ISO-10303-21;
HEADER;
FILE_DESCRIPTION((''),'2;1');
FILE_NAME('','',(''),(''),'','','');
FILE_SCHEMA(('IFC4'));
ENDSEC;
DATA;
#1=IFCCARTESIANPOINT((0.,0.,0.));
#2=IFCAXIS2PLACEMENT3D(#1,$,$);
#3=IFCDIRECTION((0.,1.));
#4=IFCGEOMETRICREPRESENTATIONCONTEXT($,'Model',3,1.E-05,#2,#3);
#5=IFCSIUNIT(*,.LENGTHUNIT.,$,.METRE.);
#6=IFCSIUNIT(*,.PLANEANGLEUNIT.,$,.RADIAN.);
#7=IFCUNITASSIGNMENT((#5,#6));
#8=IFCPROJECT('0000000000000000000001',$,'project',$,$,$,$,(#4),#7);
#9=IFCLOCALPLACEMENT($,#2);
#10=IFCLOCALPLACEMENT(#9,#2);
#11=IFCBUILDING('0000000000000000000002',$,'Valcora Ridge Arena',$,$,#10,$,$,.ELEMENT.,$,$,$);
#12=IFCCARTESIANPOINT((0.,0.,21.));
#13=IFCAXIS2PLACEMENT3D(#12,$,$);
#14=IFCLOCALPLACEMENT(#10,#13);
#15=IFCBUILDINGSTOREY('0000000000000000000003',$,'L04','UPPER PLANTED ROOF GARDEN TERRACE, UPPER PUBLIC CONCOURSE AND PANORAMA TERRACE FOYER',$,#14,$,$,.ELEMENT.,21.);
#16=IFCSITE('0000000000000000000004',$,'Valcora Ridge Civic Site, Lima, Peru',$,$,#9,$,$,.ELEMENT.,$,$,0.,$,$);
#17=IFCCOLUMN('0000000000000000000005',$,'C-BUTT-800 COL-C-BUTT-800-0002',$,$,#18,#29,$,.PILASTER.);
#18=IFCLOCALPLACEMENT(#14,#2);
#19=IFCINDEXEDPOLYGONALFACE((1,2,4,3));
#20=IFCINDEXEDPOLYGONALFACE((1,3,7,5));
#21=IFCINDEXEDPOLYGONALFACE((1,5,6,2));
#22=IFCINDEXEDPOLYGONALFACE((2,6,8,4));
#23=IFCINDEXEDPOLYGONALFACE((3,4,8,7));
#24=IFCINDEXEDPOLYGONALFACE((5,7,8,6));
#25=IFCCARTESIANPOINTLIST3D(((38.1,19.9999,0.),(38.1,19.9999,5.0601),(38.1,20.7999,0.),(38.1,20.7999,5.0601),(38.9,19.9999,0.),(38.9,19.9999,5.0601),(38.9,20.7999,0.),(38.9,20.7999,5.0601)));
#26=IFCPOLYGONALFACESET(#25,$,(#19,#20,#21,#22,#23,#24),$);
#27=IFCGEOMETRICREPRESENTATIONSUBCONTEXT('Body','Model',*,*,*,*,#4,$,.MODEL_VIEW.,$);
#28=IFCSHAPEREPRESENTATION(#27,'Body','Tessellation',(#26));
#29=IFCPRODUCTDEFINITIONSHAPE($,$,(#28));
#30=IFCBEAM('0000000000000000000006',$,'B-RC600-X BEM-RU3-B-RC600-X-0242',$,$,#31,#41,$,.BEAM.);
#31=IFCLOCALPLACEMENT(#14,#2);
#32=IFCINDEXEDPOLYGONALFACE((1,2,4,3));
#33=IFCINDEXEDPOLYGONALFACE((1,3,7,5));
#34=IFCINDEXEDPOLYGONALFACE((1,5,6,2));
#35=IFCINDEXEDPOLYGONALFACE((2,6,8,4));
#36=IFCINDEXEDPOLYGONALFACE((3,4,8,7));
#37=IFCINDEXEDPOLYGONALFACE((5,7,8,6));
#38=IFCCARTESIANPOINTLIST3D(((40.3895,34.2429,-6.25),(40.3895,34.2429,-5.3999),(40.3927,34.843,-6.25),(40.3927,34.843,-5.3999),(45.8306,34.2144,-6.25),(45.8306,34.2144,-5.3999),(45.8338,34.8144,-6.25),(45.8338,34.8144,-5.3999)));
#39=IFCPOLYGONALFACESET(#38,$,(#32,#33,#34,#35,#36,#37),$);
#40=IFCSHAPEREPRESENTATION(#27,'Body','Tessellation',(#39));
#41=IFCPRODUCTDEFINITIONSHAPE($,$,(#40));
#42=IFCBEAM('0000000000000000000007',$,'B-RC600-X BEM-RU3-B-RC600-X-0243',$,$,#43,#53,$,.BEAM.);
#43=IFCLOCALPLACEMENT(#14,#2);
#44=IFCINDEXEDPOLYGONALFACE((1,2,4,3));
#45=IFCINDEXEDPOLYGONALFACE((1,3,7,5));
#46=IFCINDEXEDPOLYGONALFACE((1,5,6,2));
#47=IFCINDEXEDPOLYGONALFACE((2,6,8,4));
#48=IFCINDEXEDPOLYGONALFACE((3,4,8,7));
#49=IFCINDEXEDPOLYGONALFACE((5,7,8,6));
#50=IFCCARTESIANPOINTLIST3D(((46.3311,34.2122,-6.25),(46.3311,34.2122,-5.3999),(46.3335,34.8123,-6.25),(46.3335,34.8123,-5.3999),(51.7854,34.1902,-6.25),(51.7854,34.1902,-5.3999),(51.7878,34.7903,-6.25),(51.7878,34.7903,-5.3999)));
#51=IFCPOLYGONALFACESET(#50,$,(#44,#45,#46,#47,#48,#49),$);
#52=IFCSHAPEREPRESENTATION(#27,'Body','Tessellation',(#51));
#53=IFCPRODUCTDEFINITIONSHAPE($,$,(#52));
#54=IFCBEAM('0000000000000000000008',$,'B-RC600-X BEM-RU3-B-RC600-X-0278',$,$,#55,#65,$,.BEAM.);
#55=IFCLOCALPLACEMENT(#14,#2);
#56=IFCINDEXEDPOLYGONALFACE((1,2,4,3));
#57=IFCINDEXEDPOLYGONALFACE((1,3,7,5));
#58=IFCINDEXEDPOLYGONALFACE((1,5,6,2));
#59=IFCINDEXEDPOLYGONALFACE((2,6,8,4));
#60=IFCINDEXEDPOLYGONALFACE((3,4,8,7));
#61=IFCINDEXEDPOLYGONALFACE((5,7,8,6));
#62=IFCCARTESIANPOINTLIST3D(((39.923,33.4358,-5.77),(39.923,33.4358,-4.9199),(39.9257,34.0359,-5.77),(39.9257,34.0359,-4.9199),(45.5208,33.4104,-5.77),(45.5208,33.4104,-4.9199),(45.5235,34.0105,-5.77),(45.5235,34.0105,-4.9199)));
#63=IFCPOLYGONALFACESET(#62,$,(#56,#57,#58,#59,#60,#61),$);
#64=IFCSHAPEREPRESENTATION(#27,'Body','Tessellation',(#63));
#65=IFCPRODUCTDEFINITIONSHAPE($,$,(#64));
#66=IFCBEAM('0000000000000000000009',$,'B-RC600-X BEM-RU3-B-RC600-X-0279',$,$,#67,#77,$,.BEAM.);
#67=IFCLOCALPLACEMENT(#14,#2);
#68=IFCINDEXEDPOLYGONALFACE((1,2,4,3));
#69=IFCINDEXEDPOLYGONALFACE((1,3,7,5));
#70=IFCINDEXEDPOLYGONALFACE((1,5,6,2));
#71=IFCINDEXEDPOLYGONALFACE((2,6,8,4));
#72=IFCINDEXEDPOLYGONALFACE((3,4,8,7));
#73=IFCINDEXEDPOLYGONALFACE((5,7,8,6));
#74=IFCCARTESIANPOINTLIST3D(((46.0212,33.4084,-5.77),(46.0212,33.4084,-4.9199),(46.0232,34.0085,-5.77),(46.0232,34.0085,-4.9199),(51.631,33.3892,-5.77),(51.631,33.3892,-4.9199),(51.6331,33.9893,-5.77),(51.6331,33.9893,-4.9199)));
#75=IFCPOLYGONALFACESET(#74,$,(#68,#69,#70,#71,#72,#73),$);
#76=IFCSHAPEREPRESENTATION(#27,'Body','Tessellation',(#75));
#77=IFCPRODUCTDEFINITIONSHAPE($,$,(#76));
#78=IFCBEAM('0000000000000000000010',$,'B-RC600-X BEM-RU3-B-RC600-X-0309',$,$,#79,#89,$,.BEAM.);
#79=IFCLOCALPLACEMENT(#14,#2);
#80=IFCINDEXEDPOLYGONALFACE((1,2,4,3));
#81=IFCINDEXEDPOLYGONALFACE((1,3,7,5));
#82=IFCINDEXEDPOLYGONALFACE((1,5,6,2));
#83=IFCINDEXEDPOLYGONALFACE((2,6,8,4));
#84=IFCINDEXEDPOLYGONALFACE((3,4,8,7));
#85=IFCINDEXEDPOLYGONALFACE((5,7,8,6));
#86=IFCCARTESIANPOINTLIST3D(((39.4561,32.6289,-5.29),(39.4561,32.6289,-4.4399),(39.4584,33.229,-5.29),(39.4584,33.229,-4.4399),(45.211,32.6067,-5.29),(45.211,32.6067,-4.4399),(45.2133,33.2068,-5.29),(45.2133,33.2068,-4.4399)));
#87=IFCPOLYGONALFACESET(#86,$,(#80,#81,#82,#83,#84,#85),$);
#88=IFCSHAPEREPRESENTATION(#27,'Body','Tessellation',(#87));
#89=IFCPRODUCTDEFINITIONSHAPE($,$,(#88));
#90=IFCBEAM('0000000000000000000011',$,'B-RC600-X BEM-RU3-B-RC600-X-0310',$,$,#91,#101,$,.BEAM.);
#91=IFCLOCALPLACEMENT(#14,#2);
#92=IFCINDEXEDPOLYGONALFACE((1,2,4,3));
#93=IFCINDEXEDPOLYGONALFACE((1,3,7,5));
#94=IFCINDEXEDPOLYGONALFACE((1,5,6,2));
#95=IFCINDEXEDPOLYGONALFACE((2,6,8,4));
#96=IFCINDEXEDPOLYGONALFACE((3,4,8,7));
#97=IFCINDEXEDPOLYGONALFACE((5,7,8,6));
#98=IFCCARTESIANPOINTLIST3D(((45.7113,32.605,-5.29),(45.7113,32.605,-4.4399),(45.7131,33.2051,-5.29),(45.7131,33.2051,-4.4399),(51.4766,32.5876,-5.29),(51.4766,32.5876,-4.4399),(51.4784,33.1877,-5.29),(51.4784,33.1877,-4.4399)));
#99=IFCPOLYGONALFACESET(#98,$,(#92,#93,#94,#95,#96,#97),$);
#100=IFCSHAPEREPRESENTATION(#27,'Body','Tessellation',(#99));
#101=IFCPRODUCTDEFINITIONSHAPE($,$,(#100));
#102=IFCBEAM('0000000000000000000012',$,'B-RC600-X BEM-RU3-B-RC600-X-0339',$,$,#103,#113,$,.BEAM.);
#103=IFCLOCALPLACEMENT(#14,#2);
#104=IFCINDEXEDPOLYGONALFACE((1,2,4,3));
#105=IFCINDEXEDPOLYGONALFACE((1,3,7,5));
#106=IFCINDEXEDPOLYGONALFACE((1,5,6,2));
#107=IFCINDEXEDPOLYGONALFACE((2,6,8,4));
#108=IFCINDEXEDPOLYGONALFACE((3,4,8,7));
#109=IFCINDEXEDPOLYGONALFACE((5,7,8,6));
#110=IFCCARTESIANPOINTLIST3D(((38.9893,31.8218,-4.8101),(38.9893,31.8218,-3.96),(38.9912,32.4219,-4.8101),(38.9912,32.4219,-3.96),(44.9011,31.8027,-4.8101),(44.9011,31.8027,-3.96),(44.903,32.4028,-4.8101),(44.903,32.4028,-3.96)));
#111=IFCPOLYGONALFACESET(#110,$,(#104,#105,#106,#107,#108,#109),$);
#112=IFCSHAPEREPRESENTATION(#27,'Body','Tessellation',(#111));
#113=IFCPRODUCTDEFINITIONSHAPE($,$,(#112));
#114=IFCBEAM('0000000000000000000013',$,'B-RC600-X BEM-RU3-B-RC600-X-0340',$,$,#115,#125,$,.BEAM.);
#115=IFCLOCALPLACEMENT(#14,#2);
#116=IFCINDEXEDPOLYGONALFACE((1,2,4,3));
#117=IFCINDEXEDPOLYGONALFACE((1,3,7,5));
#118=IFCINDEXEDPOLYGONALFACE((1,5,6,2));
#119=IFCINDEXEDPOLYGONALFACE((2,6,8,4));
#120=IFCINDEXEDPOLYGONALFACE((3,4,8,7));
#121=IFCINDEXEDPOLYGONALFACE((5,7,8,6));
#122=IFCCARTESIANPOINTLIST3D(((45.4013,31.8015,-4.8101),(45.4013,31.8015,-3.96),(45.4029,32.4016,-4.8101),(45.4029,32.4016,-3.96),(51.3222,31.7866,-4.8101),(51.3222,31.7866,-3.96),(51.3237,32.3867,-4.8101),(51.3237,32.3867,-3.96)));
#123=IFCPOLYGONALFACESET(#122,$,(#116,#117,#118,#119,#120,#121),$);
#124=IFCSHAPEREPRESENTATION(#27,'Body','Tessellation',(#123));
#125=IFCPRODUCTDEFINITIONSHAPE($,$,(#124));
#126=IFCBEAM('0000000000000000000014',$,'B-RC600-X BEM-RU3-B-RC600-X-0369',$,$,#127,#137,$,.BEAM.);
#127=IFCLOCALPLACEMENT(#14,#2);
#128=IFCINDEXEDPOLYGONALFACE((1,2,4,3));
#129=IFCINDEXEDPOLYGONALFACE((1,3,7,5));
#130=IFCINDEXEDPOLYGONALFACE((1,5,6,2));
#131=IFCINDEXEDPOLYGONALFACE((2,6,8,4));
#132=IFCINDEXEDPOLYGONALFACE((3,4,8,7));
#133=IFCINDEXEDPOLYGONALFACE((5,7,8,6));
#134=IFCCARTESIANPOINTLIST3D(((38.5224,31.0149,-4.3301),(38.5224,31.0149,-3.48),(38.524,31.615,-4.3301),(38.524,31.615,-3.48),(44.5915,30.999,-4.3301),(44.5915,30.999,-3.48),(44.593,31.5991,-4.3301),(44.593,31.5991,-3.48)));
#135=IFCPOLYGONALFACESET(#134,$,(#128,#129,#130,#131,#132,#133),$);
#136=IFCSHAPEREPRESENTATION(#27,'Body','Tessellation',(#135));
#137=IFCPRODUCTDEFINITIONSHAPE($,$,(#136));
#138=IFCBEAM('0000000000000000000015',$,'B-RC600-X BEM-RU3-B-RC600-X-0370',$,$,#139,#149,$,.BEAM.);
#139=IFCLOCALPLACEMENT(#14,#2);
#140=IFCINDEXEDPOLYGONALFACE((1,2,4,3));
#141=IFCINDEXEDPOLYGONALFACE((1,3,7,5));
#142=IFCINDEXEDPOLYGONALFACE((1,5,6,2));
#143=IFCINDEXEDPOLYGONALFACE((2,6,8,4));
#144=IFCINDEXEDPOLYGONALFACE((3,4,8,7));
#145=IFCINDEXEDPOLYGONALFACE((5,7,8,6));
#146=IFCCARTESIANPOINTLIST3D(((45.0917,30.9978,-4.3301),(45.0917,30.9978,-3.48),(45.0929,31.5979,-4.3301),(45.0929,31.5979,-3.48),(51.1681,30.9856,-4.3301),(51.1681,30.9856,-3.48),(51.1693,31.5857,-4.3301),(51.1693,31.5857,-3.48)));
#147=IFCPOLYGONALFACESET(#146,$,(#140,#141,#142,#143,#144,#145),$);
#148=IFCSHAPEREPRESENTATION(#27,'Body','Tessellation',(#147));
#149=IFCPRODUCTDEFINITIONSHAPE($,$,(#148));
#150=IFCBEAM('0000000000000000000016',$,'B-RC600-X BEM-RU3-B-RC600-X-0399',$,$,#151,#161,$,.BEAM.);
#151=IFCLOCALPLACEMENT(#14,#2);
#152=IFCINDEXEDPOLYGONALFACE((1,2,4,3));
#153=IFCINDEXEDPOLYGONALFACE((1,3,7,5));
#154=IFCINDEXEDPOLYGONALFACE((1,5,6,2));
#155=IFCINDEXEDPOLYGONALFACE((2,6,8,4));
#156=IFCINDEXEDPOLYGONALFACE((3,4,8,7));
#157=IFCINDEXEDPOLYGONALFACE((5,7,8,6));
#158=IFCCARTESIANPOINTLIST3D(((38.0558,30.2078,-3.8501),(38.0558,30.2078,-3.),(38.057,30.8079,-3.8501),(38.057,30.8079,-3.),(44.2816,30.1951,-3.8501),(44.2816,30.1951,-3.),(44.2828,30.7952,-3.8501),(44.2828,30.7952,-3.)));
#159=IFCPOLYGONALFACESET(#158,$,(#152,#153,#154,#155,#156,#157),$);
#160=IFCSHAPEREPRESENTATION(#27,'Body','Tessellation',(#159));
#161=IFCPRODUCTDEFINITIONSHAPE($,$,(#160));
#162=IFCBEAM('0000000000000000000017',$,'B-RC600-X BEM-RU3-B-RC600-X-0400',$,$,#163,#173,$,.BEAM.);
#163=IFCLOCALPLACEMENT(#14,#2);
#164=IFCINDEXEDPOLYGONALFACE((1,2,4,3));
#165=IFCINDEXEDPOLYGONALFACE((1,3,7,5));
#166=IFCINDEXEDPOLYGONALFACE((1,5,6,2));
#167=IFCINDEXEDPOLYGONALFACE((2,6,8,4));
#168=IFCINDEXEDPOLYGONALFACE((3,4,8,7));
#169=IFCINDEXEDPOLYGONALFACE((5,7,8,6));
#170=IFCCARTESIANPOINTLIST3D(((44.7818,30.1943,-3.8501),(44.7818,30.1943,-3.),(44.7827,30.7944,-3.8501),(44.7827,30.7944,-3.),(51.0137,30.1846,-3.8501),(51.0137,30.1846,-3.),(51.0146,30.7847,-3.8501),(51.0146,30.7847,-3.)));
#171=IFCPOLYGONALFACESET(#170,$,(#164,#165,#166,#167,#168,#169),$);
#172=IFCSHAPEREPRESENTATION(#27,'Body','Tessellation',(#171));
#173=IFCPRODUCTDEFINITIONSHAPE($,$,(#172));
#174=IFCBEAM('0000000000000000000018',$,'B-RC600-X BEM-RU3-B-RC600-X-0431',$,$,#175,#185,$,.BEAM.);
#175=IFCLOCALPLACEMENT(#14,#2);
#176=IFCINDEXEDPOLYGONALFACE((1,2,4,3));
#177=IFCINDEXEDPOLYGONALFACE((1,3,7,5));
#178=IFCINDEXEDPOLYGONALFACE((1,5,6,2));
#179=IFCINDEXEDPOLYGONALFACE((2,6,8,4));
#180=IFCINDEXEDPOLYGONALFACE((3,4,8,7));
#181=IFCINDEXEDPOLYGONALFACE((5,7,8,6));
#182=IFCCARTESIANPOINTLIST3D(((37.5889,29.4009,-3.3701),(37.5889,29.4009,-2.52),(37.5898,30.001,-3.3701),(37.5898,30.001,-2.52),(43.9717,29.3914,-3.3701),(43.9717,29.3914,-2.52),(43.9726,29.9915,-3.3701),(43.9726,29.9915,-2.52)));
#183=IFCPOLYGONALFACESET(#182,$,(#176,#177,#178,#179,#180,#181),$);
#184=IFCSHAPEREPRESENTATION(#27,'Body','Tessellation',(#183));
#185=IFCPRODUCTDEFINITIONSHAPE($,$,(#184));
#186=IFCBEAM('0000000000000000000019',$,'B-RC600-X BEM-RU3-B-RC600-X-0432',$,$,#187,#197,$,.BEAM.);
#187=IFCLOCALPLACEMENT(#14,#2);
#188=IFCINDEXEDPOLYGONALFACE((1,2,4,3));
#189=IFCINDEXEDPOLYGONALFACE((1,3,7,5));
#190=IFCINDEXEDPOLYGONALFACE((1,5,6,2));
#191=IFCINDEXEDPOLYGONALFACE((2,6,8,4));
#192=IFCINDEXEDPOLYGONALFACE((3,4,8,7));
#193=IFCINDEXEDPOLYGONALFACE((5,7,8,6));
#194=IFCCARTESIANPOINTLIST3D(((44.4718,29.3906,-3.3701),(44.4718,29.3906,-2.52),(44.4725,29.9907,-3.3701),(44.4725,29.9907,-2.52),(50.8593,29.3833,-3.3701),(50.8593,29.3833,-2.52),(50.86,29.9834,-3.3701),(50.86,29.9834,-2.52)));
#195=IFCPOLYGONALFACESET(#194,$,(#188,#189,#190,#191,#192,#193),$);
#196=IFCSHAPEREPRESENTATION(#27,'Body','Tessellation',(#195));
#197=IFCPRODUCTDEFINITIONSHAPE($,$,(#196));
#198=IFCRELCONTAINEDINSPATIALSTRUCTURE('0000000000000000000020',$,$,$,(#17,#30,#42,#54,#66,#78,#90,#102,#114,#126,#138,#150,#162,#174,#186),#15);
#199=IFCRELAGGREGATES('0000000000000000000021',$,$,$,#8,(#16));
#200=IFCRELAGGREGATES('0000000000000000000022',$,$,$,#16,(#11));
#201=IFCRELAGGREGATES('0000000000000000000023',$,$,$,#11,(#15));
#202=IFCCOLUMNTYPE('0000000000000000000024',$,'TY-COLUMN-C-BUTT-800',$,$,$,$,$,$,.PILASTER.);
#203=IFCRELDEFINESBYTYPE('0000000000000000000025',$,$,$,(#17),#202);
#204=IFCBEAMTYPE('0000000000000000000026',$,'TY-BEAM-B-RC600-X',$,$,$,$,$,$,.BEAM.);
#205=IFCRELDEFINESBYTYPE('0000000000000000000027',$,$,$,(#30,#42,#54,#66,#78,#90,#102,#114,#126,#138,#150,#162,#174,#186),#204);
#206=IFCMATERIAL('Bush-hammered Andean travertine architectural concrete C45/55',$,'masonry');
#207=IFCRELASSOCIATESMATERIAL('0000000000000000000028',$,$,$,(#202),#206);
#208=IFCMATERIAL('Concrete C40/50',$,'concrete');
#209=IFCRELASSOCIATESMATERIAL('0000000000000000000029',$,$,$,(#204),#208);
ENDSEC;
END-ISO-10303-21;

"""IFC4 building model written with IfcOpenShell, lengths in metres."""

from ifc_helpers import new_model, si_unit, direction, frame, origin, origin_2d, place, context, subcontext, project, spatial, rectangle, extrude, material, material_profile, profile_set, type_object, element, save


model = new_model("IFC4")

# Units and contexts
model_context = context("Model", 3, precision=1e-05, world=origin(), true_north=direction((0.0, 1.0)))
body_context = subcontext(model_context, "Body", "Model", "MODEL_VIEW")
ifc_project = project(units=[si_unit("LENGTHUNIT", "METRE"), si_unit("PLANEANGLEUNIT", "RADIAN")], contexts=[model_context])

# Site, building, storey
site_placement = place(None, origin())
site = spatial("IfcSite", under=ifc_project, at=site_placement, Name="Valcora Ridge Civic Site, Lima, Peru", CompositionType="ELEMENT", RefElevation=0.0)
building_placement = place(site_placement, origin())
building = spatial("IfcBuilding", under=site, at=building_placement, Name="Valcora Ridge Arena", CompositionType="ELEMENT")
storey_placement = place(building_placement, frame((0.0, 0.0, 21.0)))
storey = spatial("IfcBuildingStorey", under=building, at=storey_placement, Name="L04", Description="UPPER PLANTED ROOF GARDEN TERRACE, UPPER PUBLIC CONCOURSE AND PANORAMA TERRACE FOYER", CompositionType="ELEMENT", Elevation=21.0)

# Column
ifc_material_1 = material(Name="Bush-hammered Andean travertine architectural concrete C45/55", Category="masonry")
ifc_material_profile_1 = material_profile(ifc_material_1, rectangle(XDim=0.8, YDim=0.8, at=origin_2d()), Name="RC 800x800")
ifc_profile_set_1 = profile_set([ifc_material_profile_1], Name="Bush-hammered Andean travertine architectural concrete C45/55")
column_type = type_object("IfcColumnType", Name="TY-COLUMN-C-BUTT-800", PredefinedType="PILASTER", material=ifc_profile_set_1)
column_placement = place(storey_placement, frame((38.5, 20.3999, 0.0), z_axis=(0.0, 0.0, 1.0), x_axis=(1.0, 0.0, 0.0)))
element("IfcColumn", 1, at=column_placement, inside=storey, type_object=column_type, Name="C-BUTT-800 COL-C-BUTT-800-0002", PredefinedType="PILASTER", context=body_context, shape_type="SweptSolid", body=[
    extrude(rectangle(XDim=0.8, YDim=0.8, at=origin_2d()), origin(), (0.0, 0.0, 1.0), 5.0601),
])

# Beams
ifc_material_2 = material(Name="Concrete C40/50", Category="concrete")
ifc_material_profile_2 = material_profile(ifc_material_2, rectangle(XDim=0.6001, YDim=0.8501, at=origin_2d()), Name="RC 600x850")
ifc_profile_set_2 = profile_set([ifc_material_profile_2], Name="Concrete C40/50")
beam_type = type_object("IfcBeamType", Name="TY-BEAM-B-RC600-X", PredefinedType="BEAM", material=ifc_profile_set_2)
beam_1_placement = place(storey_placement, frame((40.3911, 34.543, -5.825), z_axis=(0.999986, -0.00525, 0.0), x_axis=(0.00525, 0.999986, 0.0)))
element("IfcBeam", 2, at=beam_1_placement, inside=storey, type_object=beam_type, Name="B-RC600-X BEM-RU3-B-RC600-X-0242", PredefinedType="BEAM", context=body_context, shape_type="SweptSolid", body=[
    extrude(rectangle(XDim=0.6001, YDim=0.8501, at=origin_2d()), origin(), (0.0, 0.0, 1.0), 5.4412),
])
beam_2_placement = place(storey_placement, frame((46.3323, 34.5122, -5.825), z_axis=(0.999992, -0.004028, 0.0), x_axis=(0.004028, 0.999992, 0.0)))
element("IfcBeam", 3, at=beam_2_placement, inside=storey, type_object=beam_type, Name="B-RC600-X BEM-RU3-B-RC600-X-0243", PredefinedType="BEAM", context=body_context, shape_type="SweptSolid", body=[
    extrude(rectangle(XDim=0.6001, YDim=0.8501, at=origin_2d()), origin(), (0.0, 0.0, 1.0), 5.4543),
])
beam_3_placement = place(storey_placement, frame((39.9243, 33.7358, -5.345), z_axis=(0.99999, -0.004536, 0.0), x_axis=(0.004536, 0.99999, 0.0)))
element("IfcBeam", 4, at=beam_3_placement, inside=storey, type_object=beam_type, Name="B-RC600-X BEM-RU3-B-RC600-X-0278", PredefinedType="BEAM", context=body_context, shape_type="SweptSolid", body=[
    extrude(rectangle(XDim=0.6001, YDim=0.8501, at=origin_2d()), origin(), (0.0, 0.0, 1.0), 5.5979),
])
beam_4_placement = place(storey_placement, frame((46.0222, 33.7085, -5.345), z_axis=(0.999994, -0.003438, 0.0), x_axis=(0.003438, 0.999994, 0.0)))
element("IfcBeam", 5, at=beam_4_placement, inside=storey, type_object=beam_type, Name="B-RC600-X BEM-RU3-B-RC600-X-0279", PredefinedType="BEAM", context=body_context, shape_type="SweptSolid", body=[
    extrude(rectangle(XDim=0.6001, YDim=0.8501, at=origin_2d()), origin(), (0.0, 0.0, 1.0), 5.6099),
])
beam_5_placement = place(storey_placement, frame((39.4573, 32.929, -4.865), z_axis=(0.999993, -0.00386, 0.0), x_axis=(0.00386, 0.999993, 0.0)))
element("IfcBeam", 6, at=beam_5_placement, inside=storey, type_object=beam_type, Name="B-RC600-X BEM-RU3-B-RC600-X-0309", PredefinedType="BEAM", context=body_context, shape_type="SweptSolid", body=[
    extrude(rectangle(XDim=0.6001, YDim=0.8501, at=origin_2d()), origin(), (0.0, 0.0, 1.0), 5.7549),
])
beam_6_placement = place(storey_placement, frame((45.7122, 32.905, -4.865), z_axis=(0.999995, -0.003007, 0.0), x_axis=(0.003007, 0.999995, 0.0)))
element("IfcBeam", 7, at=beam_6_placement, inside=storey, type_object=beam_type, Name="B-RC600-X BEM-RU3-B-RC600-X-0310", PredefinedType="BEAM", context=body_context, shape_type="SweptSolid", body=[
    extrude(rectangle(XDim=0.6001, YDim=0.8501, at=origin_2d()), origin(), (0.0, 0.0, 1.0), 5.7654),
])
beam_7_placement = place(storey_placement, frame((38.9902, 32.1218, -4.385), z_axis=(0.999995, -0.003221, 0.0), x_axis=(0.003221, 0.999995, 0.0)))
element("IfcBeam", 8, at=beam_7_placement, inside=storey, type_object=beam_type, Name="B-RC600-X BEM-RU3-B-RC600-X-0339", PredefinedType="BEAM", context=body_context, shape_type="SweptSolid", body=[
    extrude(rectangle(XDim=0.6001, YDim=0.8501, at=origin_2d()), origin(), (0.0, 0.0, 1.0), 5.9119),
])
beam_8_placement = place(storey_placement, frame((45.4021, 32.1016, -4.385), z_axis=(0.999997, -0.002515, 0.0), x_axis=(0.002515, 0.999997, 0.0)))
element("IfcBeam", 9, at=beam_8_placement, inside=storey, type_object=beam_type, Name="B-RC600-X BEM-RU3-B-RC600-X-0340", PredefinedType="BEAM", context=body_context, shape_type="SweptSolid", body=[
    extrude(rectangle(XDim=0.6001, YDim=0.8501, at=origin_2d()), origin(), (0.0, 0.0, 1.0), 5.9209),
])
beam_9_placement = place(storey_placement, frame((38.5232, 31.3149, -3.905), z_axis=(0.999997, -0.002615, 0.0), x_axis=(0.002615, 0.999997, 0.0)))
element("IfcBeam", 10, at=beam_9_placement, inside=storey, type_object=beam_type, Name="B-RC600-X BEM-RU3-B-RC600-X-0369", PredefinedType="BEAM", context=body_context, shape_type="SweptSolid", body=[
    extrude(rectangle(XDim=0.6001, YDim=0.8501, at=origin_2d()), origin(), (0.0, 0.0, 1.0), 6.0691),
])
beam_10_placement = place(storey_placement, frame((45.0923, 31.2979, -3.905), z_axis=(0.999998, -0.002009, 0.0), x_axis=(0.002009, 0.999998, 0.0)))
element("IfcBeam", 11, at=beam_10_placement, inside=storey, type_object=beam_type, Name="B-RC600-X BEM-RU3-B-RC600-X-0370", PredefinedType="BEAM", context=body_context, shape_type="SweptSolid", body=[
    extrude(rectangle(XDim=0.6001, YDim=0.8501, at=origin_2d()), origin(), (0.0, 0.0, 1.0), 6.0764),
])
beam_11_placement = place(storey_placement, frame((38.0564, 30.5078, -3.425), z_axis=(0.999998, -0.002039, 0.0), x_axis=(0.002039, 0.999998, 0.0)))
element("IfcBeam", 12, at=beam_11_placement, inside=storey, type_object=beam_type, Name="B-RC600-X BEM-RU3-B-RC600-X-0399", PredefinedType="BEAM", context=body_context, shape_type="SweptSolid", body=[
    extrude(rectangle(XDim=0.6001, YDim=0.8501, at=origin_2d()), origin(), (0.0, 0.0, 1.0), 6.2258),
])
beam_12_placement = place(storey_placement, frame((44.7822, 30.4944, -3.425), z_axis=(0.999999, -0.001567, 0.0), x_axis=(0.001567, 0.999999, 0.0)))
element("IfcBeam", 13, at=beam_12_placement, inside=storey, type_object=beam_type, Name="B-RC600-X BEM-RU3-B-RC600-X-0400", PredefinedType="BEAM", context=body_context, shape_type="SweptSolid", body=[
    extrude(rectangle(XDim=0.6001, YDim=0.8501, at=origin_2d()), origin(), (0.0, 0.0, 1.0), 6.2319),
])
beam_13_placement = place(storey_placement, frame((37.5894, 29.7009, -2.9451), z_axis=(0.999999, -0.001492, 0.0), x_axis=(0.001492, 0.999999, 0.0)))
element("IfcBeam", 14, at=beam_13_placement, inside=storey, type_object=beam_type, Name="B-RC600-X BEM-RU3-B-RC600-X-0431", PredefinedType="BEAM", context=body_context, shape_type="SweptSolid", body=[
    extrude(rectangle(XDim=0.6001, YDim=0.8501, at=origin_2d()), origin(), (0.0, 0.0, 1.0), 6.3828),
])
beam_14_placement = place(storey_placement, frame((44.4722, 29.6907, -2.9451), z_axis=(0.999999, -0.001147, 0.0), x_axis=(0.001147, 0.999999, 0.0)))
element("IfcBeam", 15, at=beam_14_placement, inside=storey, type_object=beam_type, Name="B-RC600-X BEM-RU3-B-RC600-X-0432", PredefinedType="BEAM", context=body_context, shape_type="SweptSolid", body=[
    extrude(rectangle(XDim=0.6001, YDim=0.8501, at=origin_2d()), origin(), (0.0, 0.0, 1.0), 6.3875),
])

save(model, "model.ifc")
